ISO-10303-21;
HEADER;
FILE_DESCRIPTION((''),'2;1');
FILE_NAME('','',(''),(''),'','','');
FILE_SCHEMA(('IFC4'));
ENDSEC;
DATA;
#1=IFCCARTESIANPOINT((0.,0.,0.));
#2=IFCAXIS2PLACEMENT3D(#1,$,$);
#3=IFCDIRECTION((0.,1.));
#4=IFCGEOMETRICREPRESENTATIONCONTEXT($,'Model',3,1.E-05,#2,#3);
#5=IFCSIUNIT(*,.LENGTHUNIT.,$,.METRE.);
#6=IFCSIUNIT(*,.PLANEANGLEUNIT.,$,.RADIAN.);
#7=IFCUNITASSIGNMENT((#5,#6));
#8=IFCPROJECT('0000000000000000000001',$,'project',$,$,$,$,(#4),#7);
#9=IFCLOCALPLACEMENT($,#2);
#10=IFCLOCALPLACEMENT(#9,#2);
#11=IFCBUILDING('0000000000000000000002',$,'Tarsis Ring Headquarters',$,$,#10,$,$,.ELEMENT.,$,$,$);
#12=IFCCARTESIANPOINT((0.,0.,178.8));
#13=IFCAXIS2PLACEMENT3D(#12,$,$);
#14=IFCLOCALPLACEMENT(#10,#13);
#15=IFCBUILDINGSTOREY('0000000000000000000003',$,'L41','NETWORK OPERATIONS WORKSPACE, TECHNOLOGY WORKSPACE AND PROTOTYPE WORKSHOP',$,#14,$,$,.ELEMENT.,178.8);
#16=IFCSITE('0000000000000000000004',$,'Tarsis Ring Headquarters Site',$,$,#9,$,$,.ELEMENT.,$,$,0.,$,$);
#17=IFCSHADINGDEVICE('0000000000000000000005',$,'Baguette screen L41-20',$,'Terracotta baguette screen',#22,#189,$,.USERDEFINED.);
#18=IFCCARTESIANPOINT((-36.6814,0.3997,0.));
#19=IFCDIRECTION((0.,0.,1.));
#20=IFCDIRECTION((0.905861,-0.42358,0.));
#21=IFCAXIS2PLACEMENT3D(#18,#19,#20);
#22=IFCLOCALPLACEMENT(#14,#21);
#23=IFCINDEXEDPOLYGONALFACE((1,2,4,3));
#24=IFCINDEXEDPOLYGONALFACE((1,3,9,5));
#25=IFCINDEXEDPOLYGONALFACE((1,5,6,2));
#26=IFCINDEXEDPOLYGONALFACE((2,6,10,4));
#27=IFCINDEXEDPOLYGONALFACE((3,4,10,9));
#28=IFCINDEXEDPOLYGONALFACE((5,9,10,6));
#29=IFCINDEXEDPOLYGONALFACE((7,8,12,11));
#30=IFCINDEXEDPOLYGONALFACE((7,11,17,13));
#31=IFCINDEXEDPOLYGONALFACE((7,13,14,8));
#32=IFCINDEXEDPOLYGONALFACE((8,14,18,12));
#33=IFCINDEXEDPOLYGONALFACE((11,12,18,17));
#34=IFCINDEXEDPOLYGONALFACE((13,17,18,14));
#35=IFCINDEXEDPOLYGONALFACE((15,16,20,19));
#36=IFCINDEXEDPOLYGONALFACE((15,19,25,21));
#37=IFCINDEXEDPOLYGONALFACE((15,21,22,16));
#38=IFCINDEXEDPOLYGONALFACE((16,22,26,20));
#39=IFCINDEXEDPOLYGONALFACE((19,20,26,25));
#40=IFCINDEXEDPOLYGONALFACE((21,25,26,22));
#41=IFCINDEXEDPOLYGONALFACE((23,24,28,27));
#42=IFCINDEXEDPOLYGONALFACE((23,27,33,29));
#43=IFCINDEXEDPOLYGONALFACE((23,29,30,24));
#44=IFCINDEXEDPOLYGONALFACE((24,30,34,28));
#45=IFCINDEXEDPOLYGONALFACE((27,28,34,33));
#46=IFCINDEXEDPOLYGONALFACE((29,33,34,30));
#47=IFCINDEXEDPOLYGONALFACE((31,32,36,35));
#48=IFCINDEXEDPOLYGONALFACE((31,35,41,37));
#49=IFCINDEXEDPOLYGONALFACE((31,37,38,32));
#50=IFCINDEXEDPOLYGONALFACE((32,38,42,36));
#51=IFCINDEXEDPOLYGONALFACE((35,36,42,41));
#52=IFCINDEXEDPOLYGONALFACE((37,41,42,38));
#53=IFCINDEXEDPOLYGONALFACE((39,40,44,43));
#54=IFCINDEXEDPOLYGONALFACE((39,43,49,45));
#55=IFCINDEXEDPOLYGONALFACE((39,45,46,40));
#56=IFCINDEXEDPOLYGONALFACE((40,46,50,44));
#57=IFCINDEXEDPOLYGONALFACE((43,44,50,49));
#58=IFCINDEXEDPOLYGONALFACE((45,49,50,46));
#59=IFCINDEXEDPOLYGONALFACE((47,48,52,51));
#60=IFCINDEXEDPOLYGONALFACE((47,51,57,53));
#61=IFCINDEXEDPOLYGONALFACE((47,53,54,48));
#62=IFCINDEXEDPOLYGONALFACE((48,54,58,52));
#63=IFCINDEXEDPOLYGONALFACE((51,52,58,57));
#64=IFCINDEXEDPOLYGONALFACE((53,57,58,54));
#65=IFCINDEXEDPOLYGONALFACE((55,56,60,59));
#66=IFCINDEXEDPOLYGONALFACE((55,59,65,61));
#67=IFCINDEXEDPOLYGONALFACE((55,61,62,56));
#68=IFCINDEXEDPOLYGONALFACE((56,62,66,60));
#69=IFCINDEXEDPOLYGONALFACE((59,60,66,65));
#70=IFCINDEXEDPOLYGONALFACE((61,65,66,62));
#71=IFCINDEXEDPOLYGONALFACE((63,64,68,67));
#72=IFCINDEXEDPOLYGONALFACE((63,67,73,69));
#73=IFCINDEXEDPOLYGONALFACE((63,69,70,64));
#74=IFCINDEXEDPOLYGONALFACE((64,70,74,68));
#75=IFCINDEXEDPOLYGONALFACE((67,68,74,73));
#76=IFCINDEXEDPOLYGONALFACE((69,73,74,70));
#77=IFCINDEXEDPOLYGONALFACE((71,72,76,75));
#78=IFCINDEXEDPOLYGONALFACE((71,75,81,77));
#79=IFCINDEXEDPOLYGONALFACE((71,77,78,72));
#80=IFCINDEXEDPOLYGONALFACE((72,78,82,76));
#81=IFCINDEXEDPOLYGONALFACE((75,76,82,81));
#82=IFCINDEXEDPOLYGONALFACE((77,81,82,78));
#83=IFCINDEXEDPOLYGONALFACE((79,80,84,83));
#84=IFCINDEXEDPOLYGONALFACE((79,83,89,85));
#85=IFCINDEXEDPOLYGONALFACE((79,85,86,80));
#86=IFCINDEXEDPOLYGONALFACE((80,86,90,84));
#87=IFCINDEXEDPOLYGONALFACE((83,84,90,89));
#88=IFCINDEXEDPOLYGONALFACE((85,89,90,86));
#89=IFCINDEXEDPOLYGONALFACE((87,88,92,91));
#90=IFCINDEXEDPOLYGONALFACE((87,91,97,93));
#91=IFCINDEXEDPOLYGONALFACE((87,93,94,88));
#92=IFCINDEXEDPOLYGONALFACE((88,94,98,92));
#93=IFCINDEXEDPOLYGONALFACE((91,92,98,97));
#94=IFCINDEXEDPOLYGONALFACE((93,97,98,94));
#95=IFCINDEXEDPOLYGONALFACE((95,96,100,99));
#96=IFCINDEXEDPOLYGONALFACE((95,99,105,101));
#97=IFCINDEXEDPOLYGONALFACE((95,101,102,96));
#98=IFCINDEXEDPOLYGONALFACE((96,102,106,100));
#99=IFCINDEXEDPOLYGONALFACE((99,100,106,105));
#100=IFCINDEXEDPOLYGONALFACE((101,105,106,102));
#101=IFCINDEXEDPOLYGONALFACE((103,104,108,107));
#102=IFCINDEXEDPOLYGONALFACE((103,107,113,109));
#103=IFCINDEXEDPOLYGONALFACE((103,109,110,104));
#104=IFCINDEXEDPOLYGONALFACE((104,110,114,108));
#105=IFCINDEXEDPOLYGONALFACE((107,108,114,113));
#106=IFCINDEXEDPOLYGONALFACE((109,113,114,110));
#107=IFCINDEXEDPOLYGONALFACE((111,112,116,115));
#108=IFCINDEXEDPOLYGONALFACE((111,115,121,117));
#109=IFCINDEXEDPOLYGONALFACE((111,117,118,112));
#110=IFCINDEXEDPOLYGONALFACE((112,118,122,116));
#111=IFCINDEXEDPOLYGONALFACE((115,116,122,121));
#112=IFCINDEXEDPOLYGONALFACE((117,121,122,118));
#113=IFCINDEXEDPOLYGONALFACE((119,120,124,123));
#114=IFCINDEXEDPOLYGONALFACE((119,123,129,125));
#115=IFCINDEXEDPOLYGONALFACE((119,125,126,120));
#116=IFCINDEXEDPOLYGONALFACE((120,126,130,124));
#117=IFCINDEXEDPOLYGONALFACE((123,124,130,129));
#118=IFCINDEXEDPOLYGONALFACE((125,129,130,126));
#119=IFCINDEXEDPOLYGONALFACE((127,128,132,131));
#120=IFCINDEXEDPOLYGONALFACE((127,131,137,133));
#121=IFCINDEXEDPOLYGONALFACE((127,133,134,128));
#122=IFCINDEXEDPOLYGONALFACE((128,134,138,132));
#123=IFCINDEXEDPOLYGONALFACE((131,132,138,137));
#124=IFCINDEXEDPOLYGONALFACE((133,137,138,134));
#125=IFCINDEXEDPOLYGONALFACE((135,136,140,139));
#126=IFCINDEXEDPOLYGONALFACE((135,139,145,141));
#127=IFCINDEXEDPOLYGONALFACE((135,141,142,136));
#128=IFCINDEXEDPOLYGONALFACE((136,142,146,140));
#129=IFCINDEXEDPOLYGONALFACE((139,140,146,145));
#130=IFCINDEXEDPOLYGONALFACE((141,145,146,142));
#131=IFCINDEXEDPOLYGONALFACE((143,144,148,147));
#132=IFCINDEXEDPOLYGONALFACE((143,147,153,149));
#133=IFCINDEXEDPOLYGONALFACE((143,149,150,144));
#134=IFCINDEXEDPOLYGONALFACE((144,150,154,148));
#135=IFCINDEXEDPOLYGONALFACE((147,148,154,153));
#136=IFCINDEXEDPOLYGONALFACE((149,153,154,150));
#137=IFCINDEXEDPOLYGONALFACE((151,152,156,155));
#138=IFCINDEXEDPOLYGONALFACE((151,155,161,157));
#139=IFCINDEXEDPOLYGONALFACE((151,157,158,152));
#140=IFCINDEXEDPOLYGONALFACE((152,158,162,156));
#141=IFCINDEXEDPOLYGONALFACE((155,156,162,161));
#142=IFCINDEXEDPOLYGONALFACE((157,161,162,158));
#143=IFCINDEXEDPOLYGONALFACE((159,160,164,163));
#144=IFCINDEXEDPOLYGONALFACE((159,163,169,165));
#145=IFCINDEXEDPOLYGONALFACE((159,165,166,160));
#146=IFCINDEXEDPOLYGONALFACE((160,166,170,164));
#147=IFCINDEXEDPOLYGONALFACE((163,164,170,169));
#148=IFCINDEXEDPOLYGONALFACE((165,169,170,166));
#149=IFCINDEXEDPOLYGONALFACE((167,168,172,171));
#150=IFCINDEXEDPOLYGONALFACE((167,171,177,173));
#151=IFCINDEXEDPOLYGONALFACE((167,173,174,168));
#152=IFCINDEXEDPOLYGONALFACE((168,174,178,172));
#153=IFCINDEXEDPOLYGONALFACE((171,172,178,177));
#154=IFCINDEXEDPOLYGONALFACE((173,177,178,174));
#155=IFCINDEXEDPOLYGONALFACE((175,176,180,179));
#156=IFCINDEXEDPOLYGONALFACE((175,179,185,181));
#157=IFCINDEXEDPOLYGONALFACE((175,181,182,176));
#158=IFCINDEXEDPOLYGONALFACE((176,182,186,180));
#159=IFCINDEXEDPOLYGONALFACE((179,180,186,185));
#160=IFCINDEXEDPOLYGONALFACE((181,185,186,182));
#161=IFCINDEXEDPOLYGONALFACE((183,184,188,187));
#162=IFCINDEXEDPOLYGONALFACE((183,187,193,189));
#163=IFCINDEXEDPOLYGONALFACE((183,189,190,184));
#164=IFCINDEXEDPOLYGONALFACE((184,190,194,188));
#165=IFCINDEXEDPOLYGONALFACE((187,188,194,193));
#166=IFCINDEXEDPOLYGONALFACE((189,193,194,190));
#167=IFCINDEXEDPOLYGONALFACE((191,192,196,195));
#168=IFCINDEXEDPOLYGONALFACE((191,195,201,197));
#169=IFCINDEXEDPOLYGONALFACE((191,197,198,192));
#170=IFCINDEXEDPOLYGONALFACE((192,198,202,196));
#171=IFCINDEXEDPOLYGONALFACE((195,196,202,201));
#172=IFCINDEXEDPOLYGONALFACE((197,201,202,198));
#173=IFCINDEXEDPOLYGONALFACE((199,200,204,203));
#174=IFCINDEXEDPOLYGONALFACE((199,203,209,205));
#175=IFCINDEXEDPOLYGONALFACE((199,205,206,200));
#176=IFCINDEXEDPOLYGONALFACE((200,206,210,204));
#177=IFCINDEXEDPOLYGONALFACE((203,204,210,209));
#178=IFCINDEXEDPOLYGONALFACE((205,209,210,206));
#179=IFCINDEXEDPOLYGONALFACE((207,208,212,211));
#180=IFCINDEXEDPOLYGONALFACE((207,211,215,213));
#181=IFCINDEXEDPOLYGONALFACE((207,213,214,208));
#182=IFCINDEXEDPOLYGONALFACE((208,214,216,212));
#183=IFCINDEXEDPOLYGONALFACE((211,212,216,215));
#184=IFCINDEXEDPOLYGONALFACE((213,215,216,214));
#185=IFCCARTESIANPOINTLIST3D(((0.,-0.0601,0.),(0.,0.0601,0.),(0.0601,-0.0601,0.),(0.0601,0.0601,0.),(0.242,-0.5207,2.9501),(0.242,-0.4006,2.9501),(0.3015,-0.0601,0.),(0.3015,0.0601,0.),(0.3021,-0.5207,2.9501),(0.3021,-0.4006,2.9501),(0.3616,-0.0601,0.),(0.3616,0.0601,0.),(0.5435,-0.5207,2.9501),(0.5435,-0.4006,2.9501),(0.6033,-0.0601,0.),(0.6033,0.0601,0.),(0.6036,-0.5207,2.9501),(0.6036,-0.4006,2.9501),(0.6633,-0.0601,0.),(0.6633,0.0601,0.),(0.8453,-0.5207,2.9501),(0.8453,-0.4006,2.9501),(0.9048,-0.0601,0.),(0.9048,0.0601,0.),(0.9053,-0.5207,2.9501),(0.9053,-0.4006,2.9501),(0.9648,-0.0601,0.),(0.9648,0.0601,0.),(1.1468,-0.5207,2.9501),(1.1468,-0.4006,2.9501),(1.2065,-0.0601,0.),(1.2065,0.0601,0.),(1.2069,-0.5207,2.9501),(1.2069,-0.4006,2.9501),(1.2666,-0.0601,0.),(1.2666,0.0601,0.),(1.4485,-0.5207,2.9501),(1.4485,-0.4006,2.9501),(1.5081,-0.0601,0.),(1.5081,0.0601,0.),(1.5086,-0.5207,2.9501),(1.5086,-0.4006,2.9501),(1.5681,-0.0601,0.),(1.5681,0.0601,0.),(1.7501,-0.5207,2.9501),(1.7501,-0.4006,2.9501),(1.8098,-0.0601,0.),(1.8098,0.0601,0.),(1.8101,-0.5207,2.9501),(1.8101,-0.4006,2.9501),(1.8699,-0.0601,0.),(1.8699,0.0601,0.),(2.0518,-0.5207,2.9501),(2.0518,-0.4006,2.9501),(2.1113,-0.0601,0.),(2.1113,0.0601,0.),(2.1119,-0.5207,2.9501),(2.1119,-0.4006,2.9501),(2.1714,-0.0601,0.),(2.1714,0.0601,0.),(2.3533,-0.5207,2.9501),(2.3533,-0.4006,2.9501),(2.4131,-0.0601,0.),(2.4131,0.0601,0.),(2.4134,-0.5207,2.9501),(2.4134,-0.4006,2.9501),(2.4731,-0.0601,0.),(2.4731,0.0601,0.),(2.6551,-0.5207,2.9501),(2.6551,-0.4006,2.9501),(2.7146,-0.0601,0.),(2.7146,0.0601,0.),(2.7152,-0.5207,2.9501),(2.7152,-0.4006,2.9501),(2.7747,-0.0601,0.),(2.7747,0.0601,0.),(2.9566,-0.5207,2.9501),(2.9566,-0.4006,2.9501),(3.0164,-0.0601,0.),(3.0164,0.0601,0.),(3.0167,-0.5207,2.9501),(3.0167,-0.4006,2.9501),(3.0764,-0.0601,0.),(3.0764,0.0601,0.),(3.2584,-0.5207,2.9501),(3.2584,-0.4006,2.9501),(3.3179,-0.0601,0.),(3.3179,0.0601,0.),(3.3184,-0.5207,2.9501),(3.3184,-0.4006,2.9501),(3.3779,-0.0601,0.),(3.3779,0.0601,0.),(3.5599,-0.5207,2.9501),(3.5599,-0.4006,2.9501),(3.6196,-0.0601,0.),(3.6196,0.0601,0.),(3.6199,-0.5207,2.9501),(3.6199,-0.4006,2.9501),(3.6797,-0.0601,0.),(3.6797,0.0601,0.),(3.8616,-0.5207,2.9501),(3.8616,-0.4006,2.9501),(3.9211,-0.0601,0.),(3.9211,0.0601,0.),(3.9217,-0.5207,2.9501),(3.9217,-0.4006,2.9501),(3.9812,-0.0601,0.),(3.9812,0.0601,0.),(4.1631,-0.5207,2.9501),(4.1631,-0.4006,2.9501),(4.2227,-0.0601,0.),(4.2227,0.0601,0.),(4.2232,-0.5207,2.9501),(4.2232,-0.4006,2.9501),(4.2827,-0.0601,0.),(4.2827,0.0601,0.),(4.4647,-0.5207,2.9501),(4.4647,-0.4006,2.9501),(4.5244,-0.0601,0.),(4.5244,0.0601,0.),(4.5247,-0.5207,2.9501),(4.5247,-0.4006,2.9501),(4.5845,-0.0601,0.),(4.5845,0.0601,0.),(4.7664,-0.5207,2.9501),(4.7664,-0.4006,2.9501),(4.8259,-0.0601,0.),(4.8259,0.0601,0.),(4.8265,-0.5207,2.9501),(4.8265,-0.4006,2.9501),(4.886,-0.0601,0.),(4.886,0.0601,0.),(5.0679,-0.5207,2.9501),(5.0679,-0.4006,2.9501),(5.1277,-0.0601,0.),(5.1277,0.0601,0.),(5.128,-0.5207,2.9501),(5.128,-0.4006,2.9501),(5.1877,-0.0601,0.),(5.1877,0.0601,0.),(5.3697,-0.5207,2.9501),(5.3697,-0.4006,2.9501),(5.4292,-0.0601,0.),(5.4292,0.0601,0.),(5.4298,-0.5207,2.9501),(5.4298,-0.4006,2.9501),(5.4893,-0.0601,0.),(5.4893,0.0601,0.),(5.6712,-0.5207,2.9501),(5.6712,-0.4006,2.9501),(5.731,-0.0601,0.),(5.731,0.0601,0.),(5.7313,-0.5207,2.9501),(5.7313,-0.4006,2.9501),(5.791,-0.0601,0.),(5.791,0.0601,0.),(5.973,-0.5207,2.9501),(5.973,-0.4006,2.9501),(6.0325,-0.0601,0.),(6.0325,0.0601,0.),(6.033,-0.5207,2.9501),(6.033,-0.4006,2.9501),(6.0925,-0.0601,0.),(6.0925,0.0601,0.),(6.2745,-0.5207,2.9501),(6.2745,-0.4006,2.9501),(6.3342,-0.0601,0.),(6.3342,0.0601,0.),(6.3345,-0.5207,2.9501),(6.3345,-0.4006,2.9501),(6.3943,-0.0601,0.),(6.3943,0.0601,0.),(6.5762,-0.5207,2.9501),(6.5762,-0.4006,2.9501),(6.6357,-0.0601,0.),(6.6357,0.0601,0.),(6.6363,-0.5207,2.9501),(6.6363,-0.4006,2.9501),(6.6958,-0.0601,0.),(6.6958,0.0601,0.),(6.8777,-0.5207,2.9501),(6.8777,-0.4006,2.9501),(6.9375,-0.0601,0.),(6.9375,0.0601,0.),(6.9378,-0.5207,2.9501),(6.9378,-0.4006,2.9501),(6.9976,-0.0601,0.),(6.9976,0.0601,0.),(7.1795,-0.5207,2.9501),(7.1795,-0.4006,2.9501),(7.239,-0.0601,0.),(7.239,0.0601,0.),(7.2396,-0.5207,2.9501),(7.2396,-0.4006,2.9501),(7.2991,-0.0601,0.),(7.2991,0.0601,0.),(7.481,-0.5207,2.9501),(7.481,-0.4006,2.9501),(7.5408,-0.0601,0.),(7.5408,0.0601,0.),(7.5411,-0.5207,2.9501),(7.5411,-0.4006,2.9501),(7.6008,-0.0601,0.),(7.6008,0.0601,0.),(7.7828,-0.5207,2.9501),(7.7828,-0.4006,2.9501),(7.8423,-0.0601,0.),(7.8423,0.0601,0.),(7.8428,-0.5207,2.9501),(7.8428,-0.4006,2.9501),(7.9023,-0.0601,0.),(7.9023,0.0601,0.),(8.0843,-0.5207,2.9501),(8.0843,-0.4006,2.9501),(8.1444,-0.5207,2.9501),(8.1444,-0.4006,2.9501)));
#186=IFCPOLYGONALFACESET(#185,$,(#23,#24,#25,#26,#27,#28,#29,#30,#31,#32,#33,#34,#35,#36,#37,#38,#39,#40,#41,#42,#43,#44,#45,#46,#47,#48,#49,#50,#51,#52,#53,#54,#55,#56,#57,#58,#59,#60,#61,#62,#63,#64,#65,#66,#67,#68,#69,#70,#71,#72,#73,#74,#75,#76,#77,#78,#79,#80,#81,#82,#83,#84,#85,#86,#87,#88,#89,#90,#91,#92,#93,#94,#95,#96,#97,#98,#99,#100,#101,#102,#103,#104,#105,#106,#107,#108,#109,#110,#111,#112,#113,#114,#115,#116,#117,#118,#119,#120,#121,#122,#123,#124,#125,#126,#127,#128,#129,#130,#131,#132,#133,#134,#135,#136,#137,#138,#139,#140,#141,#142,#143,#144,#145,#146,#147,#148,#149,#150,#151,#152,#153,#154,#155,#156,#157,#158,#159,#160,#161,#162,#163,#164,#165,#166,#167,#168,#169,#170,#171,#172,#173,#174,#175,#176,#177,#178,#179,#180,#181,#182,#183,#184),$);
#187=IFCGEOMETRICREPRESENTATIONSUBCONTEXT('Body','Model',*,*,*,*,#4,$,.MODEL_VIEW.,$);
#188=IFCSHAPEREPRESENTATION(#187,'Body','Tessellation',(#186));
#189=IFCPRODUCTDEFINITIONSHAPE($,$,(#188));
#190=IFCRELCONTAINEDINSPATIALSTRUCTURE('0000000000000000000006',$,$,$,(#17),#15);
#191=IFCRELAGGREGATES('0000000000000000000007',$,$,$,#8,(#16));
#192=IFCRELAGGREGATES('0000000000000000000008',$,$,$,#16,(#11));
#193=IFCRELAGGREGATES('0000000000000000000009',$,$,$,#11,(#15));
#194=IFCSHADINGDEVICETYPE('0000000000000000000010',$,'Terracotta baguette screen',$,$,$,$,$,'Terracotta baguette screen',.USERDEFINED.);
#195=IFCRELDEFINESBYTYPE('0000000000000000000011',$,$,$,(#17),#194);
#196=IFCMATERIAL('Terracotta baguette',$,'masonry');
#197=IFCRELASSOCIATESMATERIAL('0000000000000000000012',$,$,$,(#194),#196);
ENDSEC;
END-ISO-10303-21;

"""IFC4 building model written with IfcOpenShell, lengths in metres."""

from ifc_helpers import new_model, si_unit, direction, frame, frame_2d, origin, place, context, subcontext, project, spatial, rectangle, composite_profile, extrude, material, type_object, element, save


model = new_model("IFC4")

# Units and contexts
model_context = context("Model", 3, precision=1e-05, world=origin(), true_north=direction((0.0, 1.0)))
body_context = subcontext(model_context, "Body", "Model", "MODEL_VIEW")
ifc_project = project(units=[si_unit("LENGTHUNIT", "METRE"), si_unit("PLANEANGLEUNIT", "RADIAN")], contexts=[model_context])

# Site, building, storey
site_placement = place(None, origin())
site = spatial("IfcSite", under=ifc_project, at=site_placement, Name="Tarsis Ring Headquarters Site", CompositionType="ELEMENT", RefElevation=0.0)
building_placement = place(site_placement, origin())
building = spatial("IfcBuilding", under=site, at=building_placement, Name="Tarsis Ring Headquarters", CompositionType="ELEMENT")
storey_placement = place(building_placement, frame((0.0, 0.0, 178.8)))
storey = spatial("IfcBuildingStorey", under=building, at=storey_placement, Name="L41", Description="NETWORK OPERATIONS WORKSPACE, TECHNOLOGY WORKSPACE AND PROTOTYPE WORKSHOP", CompositionType="ELEMENT", Elevation=178.8)

# Shading device
ifc_material_1 = material(Name="Terracotta baguette", Category="masonry")
shading_device_type_1 = type_object("IfcShadingDeviceType", Name="Terracotta baguette screen", ElementType="Terracotta baguette screen", PredefinedType="USERDEFINED", material=ifc_material_1)
shading_device_1_placement = place(storey_placement, frame((-36.6814, 0.3997, 0.0), z_axis=(0.0, 0.0, 1.0), x_axis=(0.905861, -0.42358, 0.0)))
element("IfcShadingDevice", 1, at=shading_device_1_placement, inside=storey, type_object=shading_device_type_1, Name="Baguette screen L41-20", ObjectType="Terracotta baguette screen", PredefinedType="USERDEFINED", context=body_context, shape_type="SweptSolid", body=[
    extrude(composite_profile([rectangle(XDim=0.0601, YDim=0.1201, at=frame_2d((0.03, 0.0))), rectangle(XDim=0.0601, YDim=0.1201, at=frame_2d((0.3315, 0.0))), rectangle(XDim=0.0601, YDim=0.1201, at=frame_2d((0.6333, 0.0))), rectangle(XDim=0.0601, YDim=0.1201, at=frame_2d((0.9348, 0.0))), rectangle(XDim=0.0601, YDim=0.1201, at=frame_2d((1.2366, 0.0))), rectangle(XDim=0.0601, YDim=0.1201, at=frame_2d((1.5381, 0.0))), rectangle(XDim=0.0601, YDim=0.1201, at=frame_2d((1.8398, 0.0))), rectangle(XDim=0.0601, YDim=0.1201, at=frame_2d((2.1414, 0.0))), rectangle(XDim=0.0601, YDim=0.1201, at=frame_2d((2.4431, 0.0))), rectangle(XDim=0.0601, YDim=0.1201, at=frame_2d((2.7446, 0.0))), rectangle(XDim=0.0601, YDim=0.1201, at=frame_2d((3.0464, 0.0))), rectangle(XDim=0.0601, YDim=0.1201, at=frame_2d((3.3479, 0.0))), rectangle(XDim=0.0601, YDim=0.1201, at=frame_2d((3.6497, 0.0))), rectangle(XDim=0.0601, YDim=0.1201, at=frame_2d((3.9512, 0.0))), rectangle(XDim=0.0601, YDim=0.1201, at=frame_2d((4.2527, 0.0))), rectangle(XDim=0.0601, YDim=0.1201, at=frame_2d((4.5544, 0.0))), rectangle(XDim=0.0601, YDim=0.1201, at=frame_2d((4.856, 0.0))), rectangle(XDim=0.0601, YDim=0.1201, at=frame_2d((5.1577, 0.0))), rectangle(XDim=0.0601, YDim=0.1201, at=frame_2d((5.4592, 0.0))), rectangle(XDim=0.0601, YDim=0.1201, at=frame_2d((5.761, 0.0))), rectangle(XDim=0.0601, YDim=0.1201, at=frame_2d((6.0625, 0.0))), rectangle(XDim=0.0601, YDim=0.1201, at=frame_2d((6.3643, 0.0))), rectangle(XDim=0.0601, YDim=0.1201, at=frame_2d((6.6658, 0.0))), rectangle(XDim=0.0601, YDim=0.1201, at=frame_2d((6.9675, 0.0))), rectangle(XDim=0.0601, YDim=0.1201, at=frame_2d((7.269, 0.0))), rectangle(XDim=0.0601, YDim=0.1201, at=frame_2d((7.5708, 0.0))), rectangle(XDim=0.0601, YDim=0.1201, at=frame_2d((7.8723, 0.0)))]), origin(), (0.080787, -0.153782, 0.984797), 2.9956),
])

save(model, "model.ifc")
